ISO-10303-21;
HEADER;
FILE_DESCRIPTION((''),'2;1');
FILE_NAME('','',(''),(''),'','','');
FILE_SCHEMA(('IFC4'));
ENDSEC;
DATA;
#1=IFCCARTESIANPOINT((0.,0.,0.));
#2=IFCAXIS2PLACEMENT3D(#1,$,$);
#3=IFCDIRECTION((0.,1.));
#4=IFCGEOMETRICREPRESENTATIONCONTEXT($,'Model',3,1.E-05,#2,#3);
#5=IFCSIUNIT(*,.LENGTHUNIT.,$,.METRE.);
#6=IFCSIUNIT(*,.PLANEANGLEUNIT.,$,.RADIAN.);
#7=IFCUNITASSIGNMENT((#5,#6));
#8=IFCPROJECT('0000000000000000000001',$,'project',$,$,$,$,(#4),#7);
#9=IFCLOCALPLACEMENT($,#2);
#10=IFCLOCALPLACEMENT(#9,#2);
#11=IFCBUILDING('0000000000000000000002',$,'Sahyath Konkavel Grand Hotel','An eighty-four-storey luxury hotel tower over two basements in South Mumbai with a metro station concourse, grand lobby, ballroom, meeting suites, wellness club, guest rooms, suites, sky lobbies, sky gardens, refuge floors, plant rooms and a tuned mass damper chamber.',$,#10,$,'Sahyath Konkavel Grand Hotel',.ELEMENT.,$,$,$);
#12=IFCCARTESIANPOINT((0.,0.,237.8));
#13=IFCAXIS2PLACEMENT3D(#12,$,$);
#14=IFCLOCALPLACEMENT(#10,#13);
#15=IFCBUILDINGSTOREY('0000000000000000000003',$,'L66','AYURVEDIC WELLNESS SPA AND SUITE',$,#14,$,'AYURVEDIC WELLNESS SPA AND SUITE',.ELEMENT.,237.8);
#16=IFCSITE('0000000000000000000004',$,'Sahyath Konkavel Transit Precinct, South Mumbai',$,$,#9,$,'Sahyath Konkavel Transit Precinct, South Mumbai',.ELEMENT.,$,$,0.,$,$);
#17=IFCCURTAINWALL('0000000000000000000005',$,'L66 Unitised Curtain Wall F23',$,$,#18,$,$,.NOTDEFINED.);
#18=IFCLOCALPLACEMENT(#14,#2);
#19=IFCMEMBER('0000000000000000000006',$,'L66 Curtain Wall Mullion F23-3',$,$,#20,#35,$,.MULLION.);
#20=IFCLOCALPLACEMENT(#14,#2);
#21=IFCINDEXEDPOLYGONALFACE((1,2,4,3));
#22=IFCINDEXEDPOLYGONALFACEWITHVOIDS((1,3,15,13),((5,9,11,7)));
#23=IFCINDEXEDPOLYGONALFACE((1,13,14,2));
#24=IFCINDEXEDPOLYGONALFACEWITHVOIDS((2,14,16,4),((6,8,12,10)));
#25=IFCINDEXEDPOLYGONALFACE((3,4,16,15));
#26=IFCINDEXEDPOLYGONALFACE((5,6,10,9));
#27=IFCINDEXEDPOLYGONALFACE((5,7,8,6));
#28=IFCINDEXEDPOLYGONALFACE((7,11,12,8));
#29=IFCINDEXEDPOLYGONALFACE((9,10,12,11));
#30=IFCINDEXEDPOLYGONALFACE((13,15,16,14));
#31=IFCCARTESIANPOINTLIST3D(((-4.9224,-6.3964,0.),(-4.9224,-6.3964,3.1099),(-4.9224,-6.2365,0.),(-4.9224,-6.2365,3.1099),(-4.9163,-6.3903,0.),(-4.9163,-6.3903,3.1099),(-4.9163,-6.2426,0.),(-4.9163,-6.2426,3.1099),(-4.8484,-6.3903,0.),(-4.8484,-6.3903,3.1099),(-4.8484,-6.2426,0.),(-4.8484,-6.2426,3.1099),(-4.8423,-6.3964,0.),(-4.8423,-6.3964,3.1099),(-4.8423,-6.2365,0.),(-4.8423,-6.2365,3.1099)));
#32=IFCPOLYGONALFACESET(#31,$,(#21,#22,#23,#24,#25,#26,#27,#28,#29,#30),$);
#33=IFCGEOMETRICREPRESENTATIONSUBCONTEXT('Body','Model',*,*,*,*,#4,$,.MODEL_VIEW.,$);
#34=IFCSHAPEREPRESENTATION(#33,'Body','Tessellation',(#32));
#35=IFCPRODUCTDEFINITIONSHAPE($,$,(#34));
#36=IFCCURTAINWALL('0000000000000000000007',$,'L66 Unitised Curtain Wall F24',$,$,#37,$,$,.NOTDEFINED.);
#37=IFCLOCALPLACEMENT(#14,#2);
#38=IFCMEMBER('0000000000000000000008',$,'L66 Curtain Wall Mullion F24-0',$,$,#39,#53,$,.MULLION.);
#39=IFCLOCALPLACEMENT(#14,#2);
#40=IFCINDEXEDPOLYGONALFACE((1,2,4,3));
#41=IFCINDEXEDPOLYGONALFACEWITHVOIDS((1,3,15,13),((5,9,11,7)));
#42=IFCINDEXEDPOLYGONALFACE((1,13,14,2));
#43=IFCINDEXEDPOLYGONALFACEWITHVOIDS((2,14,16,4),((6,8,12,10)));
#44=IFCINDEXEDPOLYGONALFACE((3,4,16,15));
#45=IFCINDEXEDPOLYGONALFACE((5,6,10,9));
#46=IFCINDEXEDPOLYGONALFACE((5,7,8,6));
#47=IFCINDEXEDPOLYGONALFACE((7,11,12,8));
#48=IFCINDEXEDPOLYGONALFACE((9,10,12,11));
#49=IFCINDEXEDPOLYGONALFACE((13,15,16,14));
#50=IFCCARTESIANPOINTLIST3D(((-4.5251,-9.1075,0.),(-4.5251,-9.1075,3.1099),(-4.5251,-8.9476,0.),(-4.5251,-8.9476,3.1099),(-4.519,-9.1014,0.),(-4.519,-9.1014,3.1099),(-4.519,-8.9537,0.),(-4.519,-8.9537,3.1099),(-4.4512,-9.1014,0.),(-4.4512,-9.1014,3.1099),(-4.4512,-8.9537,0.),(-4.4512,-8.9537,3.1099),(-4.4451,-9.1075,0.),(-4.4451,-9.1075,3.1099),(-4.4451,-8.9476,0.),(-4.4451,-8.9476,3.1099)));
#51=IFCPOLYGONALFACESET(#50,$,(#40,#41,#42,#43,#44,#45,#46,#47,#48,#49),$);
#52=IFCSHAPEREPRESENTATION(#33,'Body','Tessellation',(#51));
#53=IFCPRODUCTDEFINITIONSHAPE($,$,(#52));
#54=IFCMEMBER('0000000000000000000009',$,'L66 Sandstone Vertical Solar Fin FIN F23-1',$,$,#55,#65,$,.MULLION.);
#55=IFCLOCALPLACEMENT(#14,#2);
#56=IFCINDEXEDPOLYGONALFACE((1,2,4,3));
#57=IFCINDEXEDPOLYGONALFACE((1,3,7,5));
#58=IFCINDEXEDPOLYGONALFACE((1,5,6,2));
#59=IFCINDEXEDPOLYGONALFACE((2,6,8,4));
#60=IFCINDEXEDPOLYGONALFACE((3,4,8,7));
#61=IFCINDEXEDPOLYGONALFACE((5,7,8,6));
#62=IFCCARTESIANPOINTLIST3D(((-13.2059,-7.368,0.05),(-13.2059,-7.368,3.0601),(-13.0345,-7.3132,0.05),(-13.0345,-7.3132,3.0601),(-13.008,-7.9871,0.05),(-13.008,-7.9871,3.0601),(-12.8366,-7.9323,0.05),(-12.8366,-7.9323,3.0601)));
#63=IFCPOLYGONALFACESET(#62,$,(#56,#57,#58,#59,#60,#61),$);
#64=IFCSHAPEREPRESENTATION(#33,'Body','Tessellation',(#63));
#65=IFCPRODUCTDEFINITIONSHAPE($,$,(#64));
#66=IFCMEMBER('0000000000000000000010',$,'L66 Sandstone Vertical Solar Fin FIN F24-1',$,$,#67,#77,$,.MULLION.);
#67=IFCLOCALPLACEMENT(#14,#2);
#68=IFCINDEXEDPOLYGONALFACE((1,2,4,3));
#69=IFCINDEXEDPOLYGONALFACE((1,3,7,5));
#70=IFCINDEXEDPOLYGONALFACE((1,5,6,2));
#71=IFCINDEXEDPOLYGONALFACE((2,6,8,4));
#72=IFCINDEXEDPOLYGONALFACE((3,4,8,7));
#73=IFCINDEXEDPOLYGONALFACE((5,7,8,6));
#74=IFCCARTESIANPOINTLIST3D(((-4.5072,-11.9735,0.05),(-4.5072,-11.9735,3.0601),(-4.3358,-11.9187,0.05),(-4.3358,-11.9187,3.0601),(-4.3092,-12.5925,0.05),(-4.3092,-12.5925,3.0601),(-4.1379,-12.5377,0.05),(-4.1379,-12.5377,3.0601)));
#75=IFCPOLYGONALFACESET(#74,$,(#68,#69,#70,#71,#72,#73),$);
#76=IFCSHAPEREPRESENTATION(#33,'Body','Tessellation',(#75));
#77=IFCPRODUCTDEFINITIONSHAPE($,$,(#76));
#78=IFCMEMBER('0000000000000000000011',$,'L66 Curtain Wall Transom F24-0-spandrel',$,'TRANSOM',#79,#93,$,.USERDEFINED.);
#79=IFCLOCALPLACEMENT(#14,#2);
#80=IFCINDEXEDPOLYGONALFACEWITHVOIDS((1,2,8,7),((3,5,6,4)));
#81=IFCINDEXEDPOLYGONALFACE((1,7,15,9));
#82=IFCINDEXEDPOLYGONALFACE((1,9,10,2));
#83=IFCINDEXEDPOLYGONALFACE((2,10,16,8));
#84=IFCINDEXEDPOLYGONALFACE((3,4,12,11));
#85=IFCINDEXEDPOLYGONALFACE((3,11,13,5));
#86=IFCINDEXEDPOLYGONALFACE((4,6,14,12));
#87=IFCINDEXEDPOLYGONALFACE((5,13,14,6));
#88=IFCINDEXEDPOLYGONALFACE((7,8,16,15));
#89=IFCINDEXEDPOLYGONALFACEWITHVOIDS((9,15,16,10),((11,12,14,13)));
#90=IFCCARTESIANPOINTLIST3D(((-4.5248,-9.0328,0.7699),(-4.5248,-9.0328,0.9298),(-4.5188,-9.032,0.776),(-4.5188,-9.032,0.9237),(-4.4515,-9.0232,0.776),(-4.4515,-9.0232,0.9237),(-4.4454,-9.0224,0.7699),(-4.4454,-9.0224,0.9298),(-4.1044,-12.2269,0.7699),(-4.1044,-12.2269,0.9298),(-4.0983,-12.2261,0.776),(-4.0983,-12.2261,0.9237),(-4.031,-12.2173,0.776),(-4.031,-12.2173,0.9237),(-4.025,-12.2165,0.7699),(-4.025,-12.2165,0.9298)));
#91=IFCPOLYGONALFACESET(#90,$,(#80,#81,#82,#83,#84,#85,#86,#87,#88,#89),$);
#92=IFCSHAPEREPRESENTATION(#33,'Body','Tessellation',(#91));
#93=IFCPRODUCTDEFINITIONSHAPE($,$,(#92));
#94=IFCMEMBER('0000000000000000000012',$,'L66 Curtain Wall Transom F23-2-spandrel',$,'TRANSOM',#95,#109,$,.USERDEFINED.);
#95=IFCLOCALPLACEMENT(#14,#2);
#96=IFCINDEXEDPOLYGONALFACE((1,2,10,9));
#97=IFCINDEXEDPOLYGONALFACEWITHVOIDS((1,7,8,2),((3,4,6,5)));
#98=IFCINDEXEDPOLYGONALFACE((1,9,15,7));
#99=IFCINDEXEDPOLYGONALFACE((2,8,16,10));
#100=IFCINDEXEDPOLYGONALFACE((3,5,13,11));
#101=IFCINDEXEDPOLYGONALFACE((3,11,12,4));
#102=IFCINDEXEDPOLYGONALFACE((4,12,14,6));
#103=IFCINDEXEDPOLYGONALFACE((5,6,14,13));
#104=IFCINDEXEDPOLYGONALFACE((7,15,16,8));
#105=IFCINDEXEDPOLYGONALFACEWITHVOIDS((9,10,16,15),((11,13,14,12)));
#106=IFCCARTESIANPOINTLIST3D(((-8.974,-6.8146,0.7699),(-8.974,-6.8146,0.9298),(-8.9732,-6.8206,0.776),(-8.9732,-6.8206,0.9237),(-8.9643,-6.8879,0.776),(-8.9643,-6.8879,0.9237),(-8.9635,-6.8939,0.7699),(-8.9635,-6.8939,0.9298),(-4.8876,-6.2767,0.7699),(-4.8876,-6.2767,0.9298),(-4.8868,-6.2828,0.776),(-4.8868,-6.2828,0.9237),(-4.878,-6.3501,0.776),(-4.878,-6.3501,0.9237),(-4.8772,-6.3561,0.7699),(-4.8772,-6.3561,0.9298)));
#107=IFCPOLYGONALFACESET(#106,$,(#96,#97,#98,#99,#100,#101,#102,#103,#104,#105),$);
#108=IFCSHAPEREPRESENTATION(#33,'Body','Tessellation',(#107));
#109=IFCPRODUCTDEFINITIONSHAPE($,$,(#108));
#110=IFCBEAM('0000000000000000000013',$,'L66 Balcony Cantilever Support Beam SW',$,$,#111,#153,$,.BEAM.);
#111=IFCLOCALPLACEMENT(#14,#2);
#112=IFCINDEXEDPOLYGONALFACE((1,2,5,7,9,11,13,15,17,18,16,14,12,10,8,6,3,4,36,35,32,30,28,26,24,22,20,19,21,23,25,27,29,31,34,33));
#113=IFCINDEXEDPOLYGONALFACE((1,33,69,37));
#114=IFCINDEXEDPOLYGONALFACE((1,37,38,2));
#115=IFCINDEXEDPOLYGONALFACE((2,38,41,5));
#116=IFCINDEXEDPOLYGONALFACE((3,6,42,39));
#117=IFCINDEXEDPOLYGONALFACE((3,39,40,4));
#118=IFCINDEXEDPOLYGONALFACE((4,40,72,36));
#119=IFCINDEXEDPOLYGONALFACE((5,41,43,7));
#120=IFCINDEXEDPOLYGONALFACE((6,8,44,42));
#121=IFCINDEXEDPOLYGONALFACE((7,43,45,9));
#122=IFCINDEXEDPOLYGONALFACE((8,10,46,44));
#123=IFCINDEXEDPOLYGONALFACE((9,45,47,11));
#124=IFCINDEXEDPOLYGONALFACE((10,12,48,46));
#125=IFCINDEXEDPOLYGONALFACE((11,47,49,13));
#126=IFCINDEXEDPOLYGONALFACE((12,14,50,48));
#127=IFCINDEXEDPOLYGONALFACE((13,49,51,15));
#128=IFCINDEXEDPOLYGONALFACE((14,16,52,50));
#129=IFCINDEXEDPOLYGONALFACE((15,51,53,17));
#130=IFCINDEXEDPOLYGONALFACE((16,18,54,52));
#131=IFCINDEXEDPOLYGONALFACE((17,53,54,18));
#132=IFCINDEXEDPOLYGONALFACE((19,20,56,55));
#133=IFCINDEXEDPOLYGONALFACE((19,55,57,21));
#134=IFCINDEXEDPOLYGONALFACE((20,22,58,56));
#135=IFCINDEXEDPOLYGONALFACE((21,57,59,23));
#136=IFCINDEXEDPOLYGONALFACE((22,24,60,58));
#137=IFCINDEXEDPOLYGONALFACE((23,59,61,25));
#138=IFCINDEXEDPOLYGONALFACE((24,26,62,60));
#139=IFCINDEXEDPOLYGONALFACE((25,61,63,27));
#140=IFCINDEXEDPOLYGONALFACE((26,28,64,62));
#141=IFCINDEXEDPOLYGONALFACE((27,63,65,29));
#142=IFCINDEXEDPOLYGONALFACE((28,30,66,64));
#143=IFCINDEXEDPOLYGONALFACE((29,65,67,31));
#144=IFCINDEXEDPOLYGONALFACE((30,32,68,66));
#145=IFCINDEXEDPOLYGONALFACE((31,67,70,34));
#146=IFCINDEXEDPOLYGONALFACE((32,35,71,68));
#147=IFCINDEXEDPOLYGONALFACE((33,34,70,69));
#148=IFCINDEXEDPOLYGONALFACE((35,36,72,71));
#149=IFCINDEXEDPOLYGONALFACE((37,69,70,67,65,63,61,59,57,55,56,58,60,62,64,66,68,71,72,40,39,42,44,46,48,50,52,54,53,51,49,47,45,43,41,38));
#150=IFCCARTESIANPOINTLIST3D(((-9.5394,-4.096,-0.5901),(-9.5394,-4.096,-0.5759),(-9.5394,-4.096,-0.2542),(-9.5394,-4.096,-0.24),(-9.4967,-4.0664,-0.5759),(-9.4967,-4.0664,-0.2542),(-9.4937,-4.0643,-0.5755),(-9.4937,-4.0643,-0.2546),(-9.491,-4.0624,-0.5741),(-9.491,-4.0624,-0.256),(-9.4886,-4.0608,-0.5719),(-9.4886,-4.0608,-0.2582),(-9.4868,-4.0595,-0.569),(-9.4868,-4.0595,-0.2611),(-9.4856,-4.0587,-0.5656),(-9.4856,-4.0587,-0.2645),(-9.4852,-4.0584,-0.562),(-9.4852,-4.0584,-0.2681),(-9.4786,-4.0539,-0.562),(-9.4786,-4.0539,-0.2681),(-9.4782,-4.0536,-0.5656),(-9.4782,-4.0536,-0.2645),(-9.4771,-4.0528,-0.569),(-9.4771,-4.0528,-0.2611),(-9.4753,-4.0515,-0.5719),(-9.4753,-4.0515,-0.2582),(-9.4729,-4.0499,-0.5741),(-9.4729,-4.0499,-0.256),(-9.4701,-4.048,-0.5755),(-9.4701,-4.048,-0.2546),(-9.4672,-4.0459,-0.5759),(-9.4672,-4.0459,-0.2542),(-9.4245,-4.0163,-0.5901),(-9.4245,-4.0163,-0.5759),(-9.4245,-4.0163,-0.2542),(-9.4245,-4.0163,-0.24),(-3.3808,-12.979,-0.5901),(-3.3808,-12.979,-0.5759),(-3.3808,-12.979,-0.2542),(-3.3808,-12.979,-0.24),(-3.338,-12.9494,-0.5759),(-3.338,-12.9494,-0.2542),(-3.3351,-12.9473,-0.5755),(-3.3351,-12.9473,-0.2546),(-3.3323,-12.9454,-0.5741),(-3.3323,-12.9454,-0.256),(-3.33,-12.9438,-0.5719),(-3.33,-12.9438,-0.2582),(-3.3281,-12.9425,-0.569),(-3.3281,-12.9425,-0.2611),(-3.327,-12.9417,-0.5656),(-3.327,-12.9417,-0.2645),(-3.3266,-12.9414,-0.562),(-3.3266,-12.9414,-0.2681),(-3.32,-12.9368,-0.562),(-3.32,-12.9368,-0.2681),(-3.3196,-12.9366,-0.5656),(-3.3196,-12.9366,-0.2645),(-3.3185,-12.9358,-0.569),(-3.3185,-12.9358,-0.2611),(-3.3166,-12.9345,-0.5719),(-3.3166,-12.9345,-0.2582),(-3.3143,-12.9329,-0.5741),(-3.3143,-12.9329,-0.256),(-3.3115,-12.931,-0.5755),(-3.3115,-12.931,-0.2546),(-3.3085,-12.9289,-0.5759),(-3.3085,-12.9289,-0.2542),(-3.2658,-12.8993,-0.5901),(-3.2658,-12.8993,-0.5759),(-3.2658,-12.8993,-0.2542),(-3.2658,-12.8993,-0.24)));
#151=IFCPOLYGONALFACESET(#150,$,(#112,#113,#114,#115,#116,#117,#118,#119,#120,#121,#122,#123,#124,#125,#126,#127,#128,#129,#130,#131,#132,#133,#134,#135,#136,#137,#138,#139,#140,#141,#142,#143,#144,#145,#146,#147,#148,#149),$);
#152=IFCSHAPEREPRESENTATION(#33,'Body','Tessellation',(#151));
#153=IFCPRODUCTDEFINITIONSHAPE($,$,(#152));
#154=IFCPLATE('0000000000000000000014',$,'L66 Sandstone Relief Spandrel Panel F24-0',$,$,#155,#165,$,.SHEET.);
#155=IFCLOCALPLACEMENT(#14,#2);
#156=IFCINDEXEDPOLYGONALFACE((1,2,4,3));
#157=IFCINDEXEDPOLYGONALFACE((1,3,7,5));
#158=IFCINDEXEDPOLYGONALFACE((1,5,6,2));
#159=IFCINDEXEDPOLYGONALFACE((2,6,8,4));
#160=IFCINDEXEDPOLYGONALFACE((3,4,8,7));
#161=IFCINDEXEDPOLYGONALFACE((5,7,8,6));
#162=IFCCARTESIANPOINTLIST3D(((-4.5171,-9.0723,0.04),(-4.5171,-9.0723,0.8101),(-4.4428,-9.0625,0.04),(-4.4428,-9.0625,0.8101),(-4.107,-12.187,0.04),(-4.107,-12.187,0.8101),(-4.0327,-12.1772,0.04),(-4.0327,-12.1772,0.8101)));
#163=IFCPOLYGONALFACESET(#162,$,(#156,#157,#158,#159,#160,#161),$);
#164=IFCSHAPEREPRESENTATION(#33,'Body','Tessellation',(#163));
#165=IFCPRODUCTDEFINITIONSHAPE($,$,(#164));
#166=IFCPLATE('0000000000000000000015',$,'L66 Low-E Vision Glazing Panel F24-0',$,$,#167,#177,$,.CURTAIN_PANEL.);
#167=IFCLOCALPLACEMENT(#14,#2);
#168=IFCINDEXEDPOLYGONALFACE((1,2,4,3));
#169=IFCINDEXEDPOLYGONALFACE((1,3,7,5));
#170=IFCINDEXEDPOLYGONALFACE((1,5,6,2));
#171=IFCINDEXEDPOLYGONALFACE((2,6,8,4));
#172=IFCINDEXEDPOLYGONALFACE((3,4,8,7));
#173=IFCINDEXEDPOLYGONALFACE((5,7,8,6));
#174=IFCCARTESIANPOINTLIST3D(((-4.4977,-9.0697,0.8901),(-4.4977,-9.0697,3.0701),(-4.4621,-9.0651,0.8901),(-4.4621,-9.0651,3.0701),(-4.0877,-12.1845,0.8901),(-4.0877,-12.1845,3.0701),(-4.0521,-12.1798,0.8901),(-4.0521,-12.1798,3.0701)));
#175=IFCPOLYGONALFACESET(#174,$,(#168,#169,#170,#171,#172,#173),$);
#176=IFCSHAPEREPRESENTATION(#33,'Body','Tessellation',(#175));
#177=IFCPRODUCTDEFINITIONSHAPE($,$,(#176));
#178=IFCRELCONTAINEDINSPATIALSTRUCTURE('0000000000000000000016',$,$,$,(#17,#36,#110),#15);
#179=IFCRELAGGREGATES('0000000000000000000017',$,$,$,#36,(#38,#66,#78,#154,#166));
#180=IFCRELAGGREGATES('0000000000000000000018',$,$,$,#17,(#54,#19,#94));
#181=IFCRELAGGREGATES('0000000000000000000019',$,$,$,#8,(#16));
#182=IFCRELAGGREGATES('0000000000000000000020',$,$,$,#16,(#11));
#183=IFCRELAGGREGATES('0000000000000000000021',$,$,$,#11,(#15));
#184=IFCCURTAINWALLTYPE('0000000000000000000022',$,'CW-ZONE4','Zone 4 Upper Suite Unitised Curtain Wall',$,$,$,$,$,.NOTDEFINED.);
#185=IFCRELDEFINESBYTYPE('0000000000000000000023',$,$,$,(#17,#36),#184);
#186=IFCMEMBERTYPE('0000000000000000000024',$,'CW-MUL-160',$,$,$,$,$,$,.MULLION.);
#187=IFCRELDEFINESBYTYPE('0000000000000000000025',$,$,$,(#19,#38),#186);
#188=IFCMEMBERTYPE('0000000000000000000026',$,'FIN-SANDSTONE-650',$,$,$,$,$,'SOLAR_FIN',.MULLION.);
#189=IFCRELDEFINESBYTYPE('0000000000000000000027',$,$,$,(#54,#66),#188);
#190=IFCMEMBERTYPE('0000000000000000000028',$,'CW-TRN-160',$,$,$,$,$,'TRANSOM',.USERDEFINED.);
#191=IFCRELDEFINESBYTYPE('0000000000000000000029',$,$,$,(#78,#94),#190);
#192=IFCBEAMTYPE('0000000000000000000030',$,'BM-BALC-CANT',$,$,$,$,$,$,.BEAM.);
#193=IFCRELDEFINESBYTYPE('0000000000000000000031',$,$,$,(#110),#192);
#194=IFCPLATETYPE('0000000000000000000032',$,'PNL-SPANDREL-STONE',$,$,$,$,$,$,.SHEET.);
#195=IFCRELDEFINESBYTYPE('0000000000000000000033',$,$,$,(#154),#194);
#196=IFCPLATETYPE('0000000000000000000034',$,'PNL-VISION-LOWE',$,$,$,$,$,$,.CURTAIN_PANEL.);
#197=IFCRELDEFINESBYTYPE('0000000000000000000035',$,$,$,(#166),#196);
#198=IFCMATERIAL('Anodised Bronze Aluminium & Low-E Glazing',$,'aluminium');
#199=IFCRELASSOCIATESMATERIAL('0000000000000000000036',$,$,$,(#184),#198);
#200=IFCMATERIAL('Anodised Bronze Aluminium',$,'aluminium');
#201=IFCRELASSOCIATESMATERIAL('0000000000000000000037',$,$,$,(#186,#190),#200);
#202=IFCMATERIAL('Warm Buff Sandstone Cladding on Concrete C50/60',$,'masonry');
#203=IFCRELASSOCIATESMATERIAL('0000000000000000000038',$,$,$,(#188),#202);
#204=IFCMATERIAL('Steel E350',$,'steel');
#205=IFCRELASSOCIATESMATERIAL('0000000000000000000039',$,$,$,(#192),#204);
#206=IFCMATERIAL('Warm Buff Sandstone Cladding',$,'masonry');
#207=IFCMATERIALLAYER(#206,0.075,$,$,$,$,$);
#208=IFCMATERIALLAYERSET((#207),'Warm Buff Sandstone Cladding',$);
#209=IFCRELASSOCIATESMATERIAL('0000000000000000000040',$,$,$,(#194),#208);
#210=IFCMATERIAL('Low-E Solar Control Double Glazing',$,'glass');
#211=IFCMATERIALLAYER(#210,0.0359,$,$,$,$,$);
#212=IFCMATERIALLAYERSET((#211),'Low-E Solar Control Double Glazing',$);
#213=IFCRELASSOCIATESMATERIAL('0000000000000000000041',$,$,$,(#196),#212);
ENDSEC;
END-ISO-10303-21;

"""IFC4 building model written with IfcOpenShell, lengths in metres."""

from ifc_helpers import new_model, si_unit, direction, frame, origin, origin_2d, place, context, subcontext, project, spatial, rectangle, hollow_rectangle, i_section, extrude, source, transform, mapped, material, layer, layer_set, material_profile, profile_set, type_object, element, aggregate, save


model = new_model("IFC4")

# Units and contexts
model_context = context("Model", 3, precision=1e-05, world=origin(), true_north=direction((0.0, 1.0)))
body_context = subcontext(model_context, "Body", "Model", "MODEL_VIEW")
ifc_project = project(units=[si_unit("LENGTHUNIT", "METRE"), si_unit("PLANEANGLEUNIT", "RADIAN")], contexts=[model_context])

# Site, building, storey
site_placement = place(None, origin())
site = spatial("IfcSite", under=ifc_project, at=site_placement, Name="Sahyath Konkavel Transit Precinct, South Mumbai", LongName="Sahyath Konkavel Transit Precinct, South Mumbai", CompositionType="ELEMENT", RefElevation=0.0)
building_placement = place(site_placement, origin())
building = spatial("IfcBuilding", under=site, at=building_placement, Name="Sahyath Konkavel Grand Hotel", Description="An eighty-four-storey luxury hotel tower over two basements in South Mumbai with a metro station concourse, grand lobby, ballroom, meeting suites, wellness club, guest rooms, suites, sky lobbies, sky gardens, refuge floors, plant rooms and a tuned mass damper chamber.", LongName="Sahyath Konkavel Grand Hotel", CompositionType="ELEMENT")
storey_placement = place(building_placement, frame((0.0, 0.0, 237.8)))
storey = spatial("IfcBuildingStorey", under=building, at=storey_placement, Name="L66", Description="AYURVEDIC WELLNESS SPA AND SUITE", LongName="AYURVEDIC WELLNESS SPA AND SUITE", CompositionType="ELEMENT", Elevation=237.8)

# Shared definitions
ifc_material_1 = material(Name="Steel E350", Category="steel")

# Curtain wall, member
ifc_material_2 = material(Name="Anodised Bronze Aluminium & Low-E Glazing", Category="aluminium")
curtain_wall_type = type_object("IfcCurtainWallType", Name="CW-ZONE4", Description="Zone 4 Upper Suite Unitised Curtain Wall", PredefinedType="NOTDEFINED", material=ifc_material_2)
curtain_wall_1_placement = place(storey_placement, origin())
curtain_wall_1 = element("IfcCurtainWall", 1, at=curtain_wall_1_placement, inside=storey, type_object=curtain_wall_type, Name="L66 Unitised Curtain Wall F23", PredefinedType="NOTDEFINED")
ifc_material_3 = material(Name="Anodised Bronze Aluminium", Category="aluminium")
ifc_material_profile_1 = material_profile(ifc_material_3, hollow_rectangle(XDim=0.0801, YDim=0.1599, WallThickness=0.0061, at=origin_2d()), Name="RHS 160x80x6")
ifc_profile_set_1 = profile_set([ifc_material_profile_1], Name="Anodised Bronze Aluminium")
member_type_1 = type_object("IfcMemberType", Name="CW-MUL-160", PredefinedType="MULLION", material=ifc_profile_set_1)
shared_shape_1 = source(origin(), body_context, "Body", "SweptSolid", [
    extrude(hollow_rectangle(XDim=0.0801, YDim=0.1599, WallThickness=0.0061, at=origin_2d()), origin(), (0.0, 0.0, 1.0), 3.1099),
])
member_1_placement = place(storey_placement, frame((-4.8823, -6.3164, 0.0), z_axis=(0.0, 0.0, 1.0), x_axis=(1.0, 0.0, 0.0)))
member_1 = element("IfcMember", 2, at=member_1_placement, type_object=member_type_1, Name="L66 Curtain Wall Mullion F23-3", PredefinedType="MULLION", context=body_context, shape_type="MappedRepresentation", body=[
    mapped(shared_shape_1, transform((0.0, 0.0, 0.0), scale=1.0)),
])

# Curtain wall, member
curtain_wall_2_placement = place(storey_placement, origin())
curtain_wall_2 = element("IfcCurtainWall", 3, at=curtain_wall_2_placement, inside=storey, type_object=curtain_wall_type, Name="L66 Unitised Curtain Wall F24", PredefinedType="NOTDEFINED")
member_2_placement = place(storey_placement, frame((-4.4851, -9.0276, 0.0), z_axis=(0.0, 0.0, 1.0), x_axis=(1.0, 0.0, 0.0)))
member_2 = element("IfcMember", 4, at=member_2_placement, type_object=member_type_1, Name="L66 Curtain Wall Mullion F24-0", PredefinedType="MULLION", context=body_context, shape_type="MappedRepresentation", body=[
    mapped(shared_shape_1, transform((0.0, 0.0, 0.0), scale=1.0)),
])

# Members
ifc_material_4 = material(Name="Warm Buff Sandstone Cladding on Concrete C50/60", Category="masonry")
ifc_material_profile_2 = material_profile(ifc_material_4, rectangle(XDim=0.1799, YDim=0.6499, at=origin_2d()), Name="FIN 180x650")
ifc_profile_set_2 = profile_set([ifc_material_profile_2], Name="Warm Buff Sandstone Cladding on Concrete C50/60")
member_type_2 = type_object("IfcMemberType", Name="FIN-SANDSTONE-650", ElementType="SOLAR_FIN", PredefinedType="MULLION", material=ifc_profile_set_2)
shared_shape_2 = source(origin(), body_context, "Body", "SweptSolid", [
    extrude(rectangle(XDim=0.1799, YDim=0.6499, at=origin_2d()), origin(), (0.0, 0.0, 1.0), 3.01),
])
member_3_placement = place(storey_placement, frame((-13.0212, -7.6501, 0.05), z_axis=(0.0, 0.0, 1.0), x_axis=(0.952502, 0.304532, 0.0)))
member_3 = element("IfcMember", 5, at=member_3_placement, type_object=member_type_2, Name="L66 Sandstone Vertical Solar Fin FIN F23-1", PredefinedType="MULLION", context=body_context, shape_type="MappedRepresentation", body=[
    mapped(shared_shape_2, transform((0.0, 0.0, 0.0), scale=1.0)),
])
member_4_placement = place(storey_placement, frame((-4.3225, -12.2556, 0.05), z_axis=(0.0, 0.0, 1.0), x_axis=(0.952502, 0.304532, 0.0)))
member_4 = element("IfcMember", 6, at=member_4_placement, type_object=member_type_2, Name="L66 Sandstone Vertical Solar Fin FIN F24-1", PredefinedType="MULLION", context=body_context, shape_type="MappedRepresentation", body=[
    mapped(shared_shape_2, transform((0.0, 0.0, 0.0), scale=1.0)),
])
ifc_material_profile_3 = material_profile(ifc_material_3, hollow_rectangle(XDim=0.0801, YDim=0.1599, WallThickness=0.0061, at=origin_2d()), Name="RHS 160x80x6")
ifc_profile_set_3 = profile_set([ifc_material_profile_3], Name="Anodised Bronze Aluminium")
member_type_3 = type_object("IfcMemberType", Name="CW-TRN-160", ElementType="TRANSOM", PredefinedType="USERDEFINED", material=ifc_profile_set_3)
shared_shape_3 = source(origin(), body_context, "Body", "SweptSolid", [
    extrude(hollow_rectangle(XDim=0.0801, YDim=0.1599, WallThickness=0.0061, at=origin_2d()), origin(), (0.0, 0.0, 1.0), 3.2217),
])
member_5_placement = place(storey_placement, frame((-4.4851, -9.0276, 0.8499), z_axis=(0.130496, -0.991449, 0.0), x_axis=(0.991449, 0.130496, 0.0)))
member_5 = element("IfcMember", 7, at=member_5_placement, type_object=member_type_3, Name="L66 Curtain Wall Transom F24-0-spandrel", ObjectType="TRANSOM", PredefinedType="USERDEFINED", context=body_context, shape_type="MappedRepresentation", body=[
    mapped(shared_shape_3, transform((0.0, 0.0, 0.0), scale=1.0)),
])
shared_shape_4 = source(origin(), body_context, "Body", "SweptSolid", [
    extrude(hollow_rectangle(XDim=0.0801, YDim=0.1599, WallThickness=0.0061, at=origin_2d()), origin(), (0.0, 0.0, 1.0), 4.1216),
])
member_6_placement = place(storey_placement, frame((-8.9688, -6.8542, 0.8499), z_axis=(0.991449, 0.130491, 0.0), x_axis=(-0.130491, 0.991449, 0.0)))
member_6 = element("IfcMember", 8, at=member_6_placement, type_object=member_type_3, Name="L66 Curtain Wall Transom F23-2-spandrel", ObjectType="TRANSOM", PredefinedType="USERDEFINED", context=body_context, shape_type="MappedRepresentation", body=[
    mapped(shared_shape_4, transform((0.0, 0.0, 0.0), scale=1.0)),
])

# Beam
ifc_material_profile_4 = material_profile(ifc_material_1, i_section(OverallWidth=0.1399, OverallDepth=0.3501, WebThickness=0.0081, FlangeThickness=0.0142, FilletRadius=0.0139, at=origin_2d()), Name="ISMB 350")
ifc_profile_set_4 = profile_set([ifc_material_profile_4], Name="Steel E350")
beam_type_1 = type_object("IfcBeamType", Name="BM-BALC-CANT", PredefinedType="BEAM", material=ifc_profile_set_4)
shared_shape_5 = source(origin(), body_context, "Body", "SweptSolid", [
    extrude(i_section(OverallWidth=0.1399, OverallDepth=0.3501, WebThickness=0.0081, FlangeThickness=0.0142, FilletRadius=0.0139, at=origin_2d()), origin(), (0.0, 0.0, 1.0), 10.8091),
])
beam_1_placement = place(storey_placement, frame((-9.4819, -4.0562, -0.415), z_axis=(0.569765, -0.821807, 0.0), x_axis=(0.821807, 0.569765, 0.0)))
element("IfcBeam", 9, at=beam_1_placement, inside=storey, type_object=beam_type_1, Name="L66 Balcony Cantilever Support Beam SW", PredefinedType="BEAM", context=body_context, shape_type="MappedRepresentation", body=[
    mapped(shared_shape_5, transform((0.0, 0.0, 0.0), scale=1.0)),
])

# Plates
ifc_material_5 = material(Name="Warm Buff Sandstone Cladding", Category="masonry")
ifc_layer_1 = layer(ifc_material_5, 0.075)
ifc_layer_set_1 = layer_set([ifc_layer_1], Name="Warm Buff Sandstone Cladding")
plate_type_1 = type_object("IfcPlateType", Name="PNL-SPANDREL-STONE", PredefinedType="SHEET", material=ifc_layer_set_1)
shared_shape_6 = source(origin(), body_context, "Body", "SweptSolid", [
    extrude(rectangle(XDim=3.1416, YDim=0.075, at=origin_2d()), origin(), (0.0, 0.0, 1.0), 0.77),
])
plate_1_placement = place(storey_placement, frame((-4.2749, -10.6248, 0.04), z_axis=(0.0, 0.0, 1.0), x_axis=(0.130526, -0.991445, 0.0)))
plate_1 = element("IfcPlate", 10, at=plate_1_placement, type_object=plate_type_1, Name="L66 Sandstone Relief Spandrel Panel F24-0", PredefinedType="SHEET", context=body_context, shape_type="MappedRepresentation", body=[
    mapped(shared_shape_6, transform((0.0, 0.0, 0.0), scale=1.0)),
])
ifc_material_6 = material(Name="Low-E Solar Control Double Glazing", Category="glass")
ifc_layer_2 = layer(ifc_material_6, 0.0359)
ifc_layer_set_2 = layer_set([ifc_layer_2], Name="Low-E Solar Control Double Glazing")
plate_type_2 = type_object("IfcPlateType", Name="PNL-VISION-LOWE", PredefinedType="CURTAIN_PANEL", material=ifc_layer_set_2)
shared_shape_7 = source(origin(), body_context, "Body", "SweptSolid", [
    extrude(rectangle(XDim=3.1416, YDim=0.0359, at=origin_2d()), origin(), (0.0, 0.0, 1.0), 2.1799),
])
plate_2_placement = place(storey_placement, frame((-4.2749, -10.6248, 0.8901), z_axis=(0.0, 0.0, 1.0), x_axis=(0.130526, -0.991445, 0.0)))
plate_2 = element("IfcPlate", 11, at=plate_2_placement, type_object=plate_type_2, Name="L66 Low-E Vision Glazing Panel F24-0", PredefinedType="CURTAIN_PANEL", context=body_context, shape_type="MappedRepresentation", body=[
    mapped(shared_shape_7, transform((0.0, 0.0, 0.0), scale=1.0)),
])
aggregate(curtain_wall_2, [member_2, member_4, member_5, plate_1, plate_2])
aggregate(curtain_wall_1, [member_3, member_1, member_6])

save(model, "model.ifc")
